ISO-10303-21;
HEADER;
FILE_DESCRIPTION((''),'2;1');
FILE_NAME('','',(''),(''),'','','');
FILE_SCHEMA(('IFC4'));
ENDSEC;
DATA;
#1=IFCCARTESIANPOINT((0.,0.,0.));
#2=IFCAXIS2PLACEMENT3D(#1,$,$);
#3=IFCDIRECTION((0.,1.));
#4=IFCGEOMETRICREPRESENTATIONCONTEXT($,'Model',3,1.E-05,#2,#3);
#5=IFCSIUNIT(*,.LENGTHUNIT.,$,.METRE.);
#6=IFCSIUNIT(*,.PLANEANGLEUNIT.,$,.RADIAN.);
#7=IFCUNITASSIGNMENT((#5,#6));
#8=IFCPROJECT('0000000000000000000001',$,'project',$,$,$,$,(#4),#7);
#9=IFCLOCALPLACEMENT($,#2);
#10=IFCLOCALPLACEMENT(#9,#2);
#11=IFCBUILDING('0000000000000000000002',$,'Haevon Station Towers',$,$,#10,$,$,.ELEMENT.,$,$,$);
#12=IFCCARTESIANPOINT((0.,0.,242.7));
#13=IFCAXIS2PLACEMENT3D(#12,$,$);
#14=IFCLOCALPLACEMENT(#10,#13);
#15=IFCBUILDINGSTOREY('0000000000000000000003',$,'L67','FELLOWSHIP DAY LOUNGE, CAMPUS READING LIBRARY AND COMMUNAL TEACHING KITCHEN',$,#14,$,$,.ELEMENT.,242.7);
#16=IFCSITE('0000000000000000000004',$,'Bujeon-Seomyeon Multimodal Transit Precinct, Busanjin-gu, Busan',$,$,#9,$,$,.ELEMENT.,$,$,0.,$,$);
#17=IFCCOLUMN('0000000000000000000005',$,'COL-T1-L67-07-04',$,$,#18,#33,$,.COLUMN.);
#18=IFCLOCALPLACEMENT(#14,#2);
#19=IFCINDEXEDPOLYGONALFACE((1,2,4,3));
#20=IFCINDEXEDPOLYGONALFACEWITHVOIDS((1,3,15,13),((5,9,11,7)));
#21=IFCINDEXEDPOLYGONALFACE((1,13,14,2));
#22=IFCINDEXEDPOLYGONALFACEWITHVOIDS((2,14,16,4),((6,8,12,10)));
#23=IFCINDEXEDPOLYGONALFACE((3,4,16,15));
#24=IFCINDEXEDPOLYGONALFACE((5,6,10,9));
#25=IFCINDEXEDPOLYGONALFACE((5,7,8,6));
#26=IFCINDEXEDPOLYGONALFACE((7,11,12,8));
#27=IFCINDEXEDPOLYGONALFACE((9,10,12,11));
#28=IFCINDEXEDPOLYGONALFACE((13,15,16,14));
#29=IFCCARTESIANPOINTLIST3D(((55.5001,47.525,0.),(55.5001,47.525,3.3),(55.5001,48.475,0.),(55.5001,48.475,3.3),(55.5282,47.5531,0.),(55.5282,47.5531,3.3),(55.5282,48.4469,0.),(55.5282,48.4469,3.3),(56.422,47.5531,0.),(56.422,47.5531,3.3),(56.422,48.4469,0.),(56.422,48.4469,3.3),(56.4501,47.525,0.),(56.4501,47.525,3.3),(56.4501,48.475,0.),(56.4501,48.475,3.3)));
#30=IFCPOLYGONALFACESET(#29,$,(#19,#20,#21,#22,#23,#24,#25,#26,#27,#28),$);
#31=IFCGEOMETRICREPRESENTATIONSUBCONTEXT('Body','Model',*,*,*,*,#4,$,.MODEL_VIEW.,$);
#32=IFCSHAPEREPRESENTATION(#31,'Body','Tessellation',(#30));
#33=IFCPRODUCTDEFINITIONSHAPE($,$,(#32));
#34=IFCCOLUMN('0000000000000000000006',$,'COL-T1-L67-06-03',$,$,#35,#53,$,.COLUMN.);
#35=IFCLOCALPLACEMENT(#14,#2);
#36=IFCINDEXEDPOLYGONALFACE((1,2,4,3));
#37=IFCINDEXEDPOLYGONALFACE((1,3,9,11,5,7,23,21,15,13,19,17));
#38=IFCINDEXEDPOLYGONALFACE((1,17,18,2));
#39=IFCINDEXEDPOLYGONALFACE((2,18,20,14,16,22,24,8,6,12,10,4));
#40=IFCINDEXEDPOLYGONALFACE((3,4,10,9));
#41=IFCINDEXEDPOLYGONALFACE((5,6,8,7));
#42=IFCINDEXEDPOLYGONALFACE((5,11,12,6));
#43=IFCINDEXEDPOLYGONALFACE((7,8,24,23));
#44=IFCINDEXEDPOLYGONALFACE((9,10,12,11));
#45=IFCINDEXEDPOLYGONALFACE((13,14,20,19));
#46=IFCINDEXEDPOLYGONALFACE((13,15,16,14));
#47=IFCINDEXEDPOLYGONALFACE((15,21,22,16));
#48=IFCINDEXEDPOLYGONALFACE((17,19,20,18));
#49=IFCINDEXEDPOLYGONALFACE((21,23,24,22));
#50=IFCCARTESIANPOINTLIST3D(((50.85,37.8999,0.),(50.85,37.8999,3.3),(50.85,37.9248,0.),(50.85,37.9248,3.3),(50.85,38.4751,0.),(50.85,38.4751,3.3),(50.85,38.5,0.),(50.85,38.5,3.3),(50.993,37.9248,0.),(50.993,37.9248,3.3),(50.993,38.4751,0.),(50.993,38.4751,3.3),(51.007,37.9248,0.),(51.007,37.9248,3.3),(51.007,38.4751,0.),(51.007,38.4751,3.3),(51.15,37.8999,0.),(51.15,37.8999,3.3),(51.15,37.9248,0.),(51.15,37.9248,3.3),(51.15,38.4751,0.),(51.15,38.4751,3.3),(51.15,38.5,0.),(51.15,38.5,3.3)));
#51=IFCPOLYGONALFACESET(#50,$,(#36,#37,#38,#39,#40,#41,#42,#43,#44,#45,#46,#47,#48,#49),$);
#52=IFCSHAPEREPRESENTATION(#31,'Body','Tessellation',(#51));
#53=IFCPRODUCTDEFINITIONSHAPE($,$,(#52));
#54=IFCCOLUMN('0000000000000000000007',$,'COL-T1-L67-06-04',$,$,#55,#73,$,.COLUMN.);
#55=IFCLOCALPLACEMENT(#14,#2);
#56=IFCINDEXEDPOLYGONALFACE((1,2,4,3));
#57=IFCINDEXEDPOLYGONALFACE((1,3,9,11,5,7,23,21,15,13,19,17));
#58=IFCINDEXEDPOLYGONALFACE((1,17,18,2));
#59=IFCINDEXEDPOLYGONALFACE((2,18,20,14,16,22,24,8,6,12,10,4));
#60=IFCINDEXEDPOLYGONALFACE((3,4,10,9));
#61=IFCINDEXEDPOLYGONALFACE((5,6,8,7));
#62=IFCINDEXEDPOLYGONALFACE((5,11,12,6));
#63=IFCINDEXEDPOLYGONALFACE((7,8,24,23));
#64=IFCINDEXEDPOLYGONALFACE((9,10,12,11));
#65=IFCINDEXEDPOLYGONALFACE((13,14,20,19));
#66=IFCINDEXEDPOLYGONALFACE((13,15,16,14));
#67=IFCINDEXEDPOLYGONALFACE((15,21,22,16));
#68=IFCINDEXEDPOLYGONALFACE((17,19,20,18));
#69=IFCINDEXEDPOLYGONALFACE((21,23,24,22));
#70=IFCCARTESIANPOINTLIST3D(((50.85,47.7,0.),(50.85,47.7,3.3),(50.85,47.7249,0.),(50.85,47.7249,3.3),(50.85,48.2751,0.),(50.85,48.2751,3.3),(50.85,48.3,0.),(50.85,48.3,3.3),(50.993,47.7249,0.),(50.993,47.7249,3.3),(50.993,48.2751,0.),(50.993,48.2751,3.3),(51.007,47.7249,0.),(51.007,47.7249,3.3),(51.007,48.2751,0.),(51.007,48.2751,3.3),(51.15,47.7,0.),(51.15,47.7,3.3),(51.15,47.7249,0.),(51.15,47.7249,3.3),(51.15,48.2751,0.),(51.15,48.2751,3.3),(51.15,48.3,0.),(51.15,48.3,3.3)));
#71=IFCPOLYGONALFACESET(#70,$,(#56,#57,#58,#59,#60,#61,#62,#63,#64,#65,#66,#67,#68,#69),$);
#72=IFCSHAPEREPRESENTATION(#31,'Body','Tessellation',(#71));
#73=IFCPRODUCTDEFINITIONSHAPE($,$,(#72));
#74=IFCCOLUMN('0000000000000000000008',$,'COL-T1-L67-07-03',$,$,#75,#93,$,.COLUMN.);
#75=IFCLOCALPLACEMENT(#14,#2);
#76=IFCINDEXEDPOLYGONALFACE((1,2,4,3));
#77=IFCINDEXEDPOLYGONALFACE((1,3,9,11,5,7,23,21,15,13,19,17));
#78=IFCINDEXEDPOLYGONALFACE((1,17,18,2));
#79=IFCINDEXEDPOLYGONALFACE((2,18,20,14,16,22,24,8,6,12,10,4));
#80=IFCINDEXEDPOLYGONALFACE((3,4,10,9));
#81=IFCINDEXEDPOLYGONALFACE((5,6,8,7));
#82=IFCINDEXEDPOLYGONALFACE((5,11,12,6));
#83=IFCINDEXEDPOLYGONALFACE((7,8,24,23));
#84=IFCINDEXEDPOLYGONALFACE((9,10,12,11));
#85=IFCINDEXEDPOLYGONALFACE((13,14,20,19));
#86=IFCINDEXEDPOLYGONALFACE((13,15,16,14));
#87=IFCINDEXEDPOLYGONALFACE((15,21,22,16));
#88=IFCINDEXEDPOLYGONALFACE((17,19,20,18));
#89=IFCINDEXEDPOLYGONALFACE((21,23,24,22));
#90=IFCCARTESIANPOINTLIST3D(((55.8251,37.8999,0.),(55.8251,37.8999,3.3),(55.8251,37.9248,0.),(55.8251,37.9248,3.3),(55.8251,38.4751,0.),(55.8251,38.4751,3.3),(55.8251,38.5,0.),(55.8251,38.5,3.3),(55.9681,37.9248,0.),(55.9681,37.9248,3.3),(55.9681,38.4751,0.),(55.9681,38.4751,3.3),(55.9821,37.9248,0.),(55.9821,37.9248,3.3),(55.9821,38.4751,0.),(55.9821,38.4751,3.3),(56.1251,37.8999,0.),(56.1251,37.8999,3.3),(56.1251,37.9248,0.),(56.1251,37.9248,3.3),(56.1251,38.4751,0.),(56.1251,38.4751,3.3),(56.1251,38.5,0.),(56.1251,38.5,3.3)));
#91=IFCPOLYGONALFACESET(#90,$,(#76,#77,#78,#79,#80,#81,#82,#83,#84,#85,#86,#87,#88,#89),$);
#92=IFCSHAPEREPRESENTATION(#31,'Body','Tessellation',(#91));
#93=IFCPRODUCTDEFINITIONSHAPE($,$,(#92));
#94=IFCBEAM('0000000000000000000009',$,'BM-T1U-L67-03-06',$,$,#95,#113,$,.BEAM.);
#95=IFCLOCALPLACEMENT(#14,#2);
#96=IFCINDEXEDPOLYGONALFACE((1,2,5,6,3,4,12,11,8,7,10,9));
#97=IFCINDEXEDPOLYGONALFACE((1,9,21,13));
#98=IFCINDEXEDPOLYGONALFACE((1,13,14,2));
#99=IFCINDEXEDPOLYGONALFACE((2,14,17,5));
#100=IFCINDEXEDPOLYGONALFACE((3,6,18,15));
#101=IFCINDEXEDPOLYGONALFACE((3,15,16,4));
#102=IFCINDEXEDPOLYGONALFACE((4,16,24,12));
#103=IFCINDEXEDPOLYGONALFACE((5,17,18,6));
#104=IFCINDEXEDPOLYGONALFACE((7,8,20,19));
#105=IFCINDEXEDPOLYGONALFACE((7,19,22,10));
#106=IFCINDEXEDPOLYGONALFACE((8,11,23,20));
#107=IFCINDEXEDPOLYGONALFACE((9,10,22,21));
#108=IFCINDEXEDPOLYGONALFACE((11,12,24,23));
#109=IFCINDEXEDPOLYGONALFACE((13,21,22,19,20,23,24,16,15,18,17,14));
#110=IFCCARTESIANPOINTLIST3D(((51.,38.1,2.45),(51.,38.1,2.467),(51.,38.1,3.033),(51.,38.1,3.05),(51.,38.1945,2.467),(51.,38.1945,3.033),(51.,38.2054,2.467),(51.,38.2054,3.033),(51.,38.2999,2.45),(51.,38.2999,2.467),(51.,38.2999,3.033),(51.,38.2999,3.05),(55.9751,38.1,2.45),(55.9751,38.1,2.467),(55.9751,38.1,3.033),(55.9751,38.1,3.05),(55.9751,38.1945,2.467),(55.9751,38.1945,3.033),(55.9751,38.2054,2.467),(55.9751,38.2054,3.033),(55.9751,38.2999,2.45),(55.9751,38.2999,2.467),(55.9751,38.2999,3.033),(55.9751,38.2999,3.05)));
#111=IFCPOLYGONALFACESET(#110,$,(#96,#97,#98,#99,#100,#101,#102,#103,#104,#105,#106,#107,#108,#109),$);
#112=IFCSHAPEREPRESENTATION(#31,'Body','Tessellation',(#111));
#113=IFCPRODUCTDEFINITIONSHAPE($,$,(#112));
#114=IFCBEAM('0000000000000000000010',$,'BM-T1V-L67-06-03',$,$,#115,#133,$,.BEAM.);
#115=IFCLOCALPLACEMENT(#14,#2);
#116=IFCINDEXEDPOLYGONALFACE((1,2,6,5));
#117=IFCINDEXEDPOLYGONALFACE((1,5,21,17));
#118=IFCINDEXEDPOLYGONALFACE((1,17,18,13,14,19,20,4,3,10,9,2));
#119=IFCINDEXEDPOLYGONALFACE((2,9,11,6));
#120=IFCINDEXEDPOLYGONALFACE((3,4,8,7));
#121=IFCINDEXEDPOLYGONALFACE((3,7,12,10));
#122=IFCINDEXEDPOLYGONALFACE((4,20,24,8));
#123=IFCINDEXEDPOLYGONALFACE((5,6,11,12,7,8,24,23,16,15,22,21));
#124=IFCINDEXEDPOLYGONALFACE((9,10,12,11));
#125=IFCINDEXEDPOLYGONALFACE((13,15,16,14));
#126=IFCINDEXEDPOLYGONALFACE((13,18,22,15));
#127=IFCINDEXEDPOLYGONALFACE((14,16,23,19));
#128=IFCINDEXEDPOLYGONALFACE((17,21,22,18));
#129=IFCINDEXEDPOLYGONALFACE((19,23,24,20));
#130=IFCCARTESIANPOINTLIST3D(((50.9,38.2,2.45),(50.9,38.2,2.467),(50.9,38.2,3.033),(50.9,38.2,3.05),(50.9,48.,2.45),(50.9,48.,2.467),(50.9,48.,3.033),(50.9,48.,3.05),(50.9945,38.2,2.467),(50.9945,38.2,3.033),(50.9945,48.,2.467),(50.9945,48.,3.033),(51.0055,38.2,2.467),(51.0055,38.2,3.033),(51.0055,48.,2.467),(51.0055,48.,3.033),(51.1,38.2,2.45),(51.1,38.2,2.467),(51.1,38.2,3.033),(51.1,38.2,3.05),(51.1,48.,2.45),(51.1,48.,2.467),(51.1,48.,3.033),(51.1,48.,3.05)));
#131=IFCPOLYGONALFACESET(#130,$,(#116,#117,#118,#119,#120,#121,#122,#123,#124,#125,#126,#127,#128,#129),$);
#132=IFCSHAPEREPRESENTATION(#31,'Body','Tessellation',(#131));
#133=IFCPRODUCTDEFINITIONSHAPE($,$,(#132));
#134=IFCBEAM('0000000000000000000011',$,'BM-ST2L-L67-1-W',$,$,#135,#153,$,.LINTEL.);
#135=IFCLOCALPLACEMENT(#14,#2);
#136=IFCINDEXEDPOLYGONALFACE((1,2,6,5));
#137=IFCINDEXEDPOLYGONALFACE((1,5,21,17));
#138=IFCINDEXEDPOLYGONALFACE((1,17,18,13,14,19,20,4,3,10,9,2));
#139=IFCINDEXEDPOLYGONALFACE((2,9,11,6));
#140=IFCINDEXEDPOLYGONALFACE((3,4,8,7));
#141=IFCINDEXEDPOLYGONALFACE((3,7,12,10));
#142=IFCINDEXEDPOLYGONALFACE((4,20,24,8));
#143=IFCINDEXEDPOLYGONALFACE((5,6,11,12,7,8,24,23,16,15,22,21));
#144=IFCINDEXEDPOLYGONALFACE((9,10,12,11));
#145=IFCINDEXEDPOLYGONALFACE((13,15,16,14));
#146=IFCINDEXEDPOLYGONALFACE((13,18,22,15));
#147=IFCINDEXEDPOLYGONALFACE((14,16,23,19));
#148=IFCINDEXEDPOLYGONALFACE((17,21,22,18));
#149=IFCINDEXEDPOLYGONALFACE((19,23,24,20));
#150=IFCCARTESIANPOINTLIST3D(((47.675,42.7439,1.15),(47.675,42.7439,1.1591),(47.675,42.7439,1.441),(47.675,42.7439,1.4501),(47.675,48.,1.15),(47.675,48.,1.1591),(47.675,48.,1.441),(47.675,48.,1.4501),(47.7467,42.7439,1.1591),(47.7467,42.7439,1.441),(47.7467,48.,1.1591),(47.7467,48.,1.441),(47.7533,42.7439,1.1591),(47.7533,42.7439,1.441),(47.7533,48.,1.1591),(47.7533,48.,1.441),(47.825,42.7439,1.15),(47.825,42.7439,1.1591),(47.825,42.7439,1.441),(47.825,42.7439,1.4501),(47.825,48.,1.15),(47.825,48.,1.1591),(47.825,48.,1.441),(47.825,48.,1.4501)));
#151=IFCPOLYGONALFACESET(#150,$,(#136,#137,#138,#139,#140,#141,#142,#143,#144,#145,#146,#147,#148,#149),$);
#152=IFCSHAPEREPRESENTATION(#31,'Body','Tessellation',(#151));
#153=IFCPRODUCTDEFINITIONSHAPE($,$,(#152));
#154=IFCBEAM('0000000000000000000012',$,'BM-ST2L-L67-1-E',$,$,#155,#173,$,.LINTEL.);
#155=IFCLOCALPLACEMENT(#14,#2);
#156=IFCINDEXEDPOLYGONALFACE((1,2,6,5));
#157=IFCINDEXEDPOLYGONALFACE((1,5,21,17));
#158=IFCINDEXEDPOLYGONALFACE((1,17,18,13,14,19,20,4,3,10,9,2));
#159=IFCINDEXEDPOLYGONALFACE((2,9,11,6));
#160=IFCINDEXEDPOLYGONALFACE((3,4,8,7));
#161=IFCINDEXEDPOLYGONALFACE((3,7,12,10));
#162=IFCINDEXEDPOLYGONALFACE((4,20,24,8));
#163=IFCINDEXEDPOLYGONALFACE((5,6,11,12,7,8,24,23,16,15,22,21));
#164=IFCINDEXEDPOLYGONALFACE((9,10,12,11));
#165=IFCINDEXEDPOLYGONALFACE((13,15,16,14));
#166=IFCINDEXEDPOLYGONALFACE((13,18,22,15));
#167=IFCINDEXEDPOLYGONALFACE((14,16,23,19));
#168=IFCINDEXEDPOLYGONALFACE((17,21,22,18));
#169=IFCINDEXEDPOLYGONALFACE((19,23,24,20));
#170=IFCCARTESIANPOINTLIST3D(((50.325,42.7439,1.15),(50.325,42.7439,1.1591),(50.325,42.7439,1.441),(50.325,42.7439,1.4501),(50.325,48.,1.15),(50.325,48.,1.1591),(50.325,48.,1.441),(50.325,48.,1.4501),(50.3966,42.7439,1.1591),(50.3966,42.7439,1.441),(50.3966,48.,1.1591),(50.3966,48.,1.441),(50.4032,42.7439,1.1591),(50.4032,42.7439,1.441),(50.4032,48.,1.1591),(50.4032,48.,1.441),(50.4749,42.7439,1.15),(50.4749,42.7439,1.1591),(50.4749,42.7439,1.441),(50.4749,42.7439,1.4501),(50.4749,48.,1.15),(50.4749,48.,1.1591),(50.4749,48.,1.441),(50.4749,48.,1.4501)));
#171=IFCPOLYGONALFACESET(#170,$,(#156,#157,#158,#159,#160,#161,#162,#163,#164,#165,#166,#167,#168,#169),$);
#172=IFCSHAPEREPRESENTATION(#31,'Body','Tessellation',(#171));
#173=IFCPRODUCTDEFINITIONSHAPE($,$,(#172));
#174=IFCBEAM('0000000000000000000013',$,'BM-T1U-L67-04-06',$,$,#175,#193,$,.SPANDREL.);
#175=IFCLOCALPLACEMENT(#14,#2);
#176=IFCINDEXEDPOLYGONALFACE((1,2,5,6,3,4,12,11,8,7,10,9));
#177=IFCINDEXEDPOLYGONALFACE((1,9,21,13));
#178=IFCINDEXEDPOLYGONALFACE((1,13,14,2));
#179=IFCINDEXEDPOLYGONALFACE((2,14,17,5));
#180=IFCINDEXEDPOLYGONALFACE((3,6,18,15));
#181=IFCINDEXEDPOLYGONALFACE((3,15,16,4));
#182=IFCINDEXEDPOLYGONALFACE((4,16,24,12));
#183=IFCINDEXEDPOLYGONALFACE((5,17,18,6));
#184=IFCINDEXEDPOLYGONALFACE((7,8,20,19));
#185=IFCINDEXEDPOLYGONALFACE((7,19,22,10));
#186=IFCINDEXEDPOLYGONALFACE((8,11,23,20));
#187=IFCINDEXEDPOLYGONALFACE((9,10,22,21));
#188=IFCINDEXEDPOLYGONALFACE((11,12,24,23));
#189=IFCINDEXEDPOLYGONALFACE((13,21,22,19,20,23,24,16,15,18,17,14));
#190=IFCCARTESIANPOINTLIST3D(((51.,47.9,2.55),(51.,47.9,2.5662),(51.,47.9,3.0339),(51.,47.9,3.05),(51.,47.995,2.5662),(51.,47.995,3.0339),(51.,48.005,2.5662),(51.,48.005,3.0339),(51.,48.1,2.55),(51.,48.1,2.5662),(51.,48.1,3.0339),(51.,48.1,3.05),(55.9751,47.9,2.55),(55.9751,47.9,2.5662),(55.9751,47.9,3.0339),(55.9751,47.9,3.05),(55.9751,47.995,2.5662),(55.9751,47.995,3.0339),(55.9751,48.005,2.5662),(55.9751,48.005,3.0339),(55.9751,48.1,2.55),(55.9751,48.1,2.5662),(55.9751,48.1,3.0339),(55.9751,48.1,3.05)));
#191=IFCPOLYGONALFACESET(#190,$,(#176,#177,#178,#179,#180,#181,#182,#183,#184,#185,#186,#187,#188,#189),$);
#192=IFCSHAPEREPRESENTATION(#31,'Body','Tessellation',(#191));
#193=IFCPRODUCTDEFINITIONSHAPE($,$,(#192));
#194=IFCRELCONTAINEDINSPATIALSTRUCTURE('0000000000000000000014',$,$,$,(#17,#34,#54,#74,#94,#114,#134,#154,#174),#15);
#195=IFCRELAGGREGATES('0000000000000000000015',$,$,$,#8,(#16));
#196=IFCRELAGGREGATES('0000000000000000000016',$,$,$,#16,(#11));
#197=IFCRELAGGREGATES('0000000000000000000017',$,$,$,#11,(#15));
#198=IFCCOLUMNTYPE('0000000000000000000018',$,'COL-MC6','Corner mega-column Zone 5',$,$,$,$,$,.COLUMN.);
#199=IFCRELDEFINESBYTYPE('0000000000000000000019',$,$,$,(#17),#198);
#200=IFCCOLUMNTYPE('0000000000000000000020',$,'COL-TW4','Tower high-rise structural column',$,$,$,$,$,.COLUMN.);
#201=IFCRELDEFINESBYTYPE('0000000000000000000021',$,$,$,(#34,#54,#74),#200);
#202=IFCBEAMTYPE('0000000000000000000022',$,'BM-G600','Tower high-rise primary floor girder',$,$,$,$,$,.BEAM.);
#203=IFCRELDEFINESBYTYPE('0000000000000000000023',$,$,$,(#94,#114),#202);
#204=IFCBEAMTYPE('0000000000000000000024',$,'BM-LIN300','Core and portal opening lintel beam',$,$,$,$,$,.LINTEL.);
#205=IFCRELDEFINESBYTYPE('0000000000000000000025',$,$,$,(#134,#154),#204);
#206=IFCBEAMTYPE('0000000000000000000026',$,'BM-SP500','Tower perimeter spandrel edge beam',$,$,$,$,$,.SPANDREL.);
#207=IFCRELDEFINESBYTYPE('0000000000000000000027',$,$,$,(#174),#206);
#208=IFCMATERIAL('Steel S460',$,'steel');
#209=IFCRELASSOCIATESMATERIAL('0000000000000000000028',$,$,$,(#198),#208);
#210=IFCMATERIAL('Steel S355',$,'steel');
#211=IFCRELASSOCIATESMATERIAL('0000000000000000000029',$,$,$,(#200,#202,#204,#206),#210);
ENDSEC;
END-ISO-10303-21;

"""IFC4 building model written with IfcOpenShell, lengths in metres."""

from ifc_helpers import new_model, si_unit, direction, frame, origin, origin_2d, place, context, subcontext, project, spatial, hollow_rectangle, i_section, extrude, material, material_profile, profile_set, type_object, element, save


model = new_model("IFC4")

# Units and contexts
model_context = context("Model", 3, precision=1e-05, world=origin(), true_north=direction((0.0, 1.0)))
body_context = subcontext(model_context, "Body", "Model", "MODEL_VIEW")
ifc_project = project(units=[si_unit("LENGTHUNIT", "METRE"), si_unit("PLANEANGLEUNIT", "RADIAN")], contexts=[model_context])

# Site, building, storey
site_placement = place(None, origin())
site = spatial("IfcSite", under=ifc_project, at=site_placement, Name="Bujeon-Seomyeon Multimodal Transit Precinct, Busanjin-gu, Busan", CompositionType="ELEMENT", RefElevation=0.0)
building_placement = place(site_placement, origin())
building = spatial("IfcBuilding", under=site, at=building_placement, Name="Haevon Station Towers", CompositionType="ELEMENT")
storey_placement = place(building_placement, frame((0.0, 0.0, 242.7)))
storey = spatial("IfcBuildingStorey", under=building, at=storey_placement, Name="L67", Description="FELLOWSHIP DAY LOUNGE, CAMPUS READING LIBRARY AND COMMUNAL TEACHING KITCHEN", CompositionType="ELEMENT", Elevation=242.7)

# Columns
ifc_material_1 = material(Name="Steel S460", Category="steel")
ifc_material_profile_1 = material_profile(ifc_material_1, hollow_rectangle(XDim=0.95, YDim=0.95, WallThickness=0.0281, at=origin_2d()), Name="BOX-950x950x28")
ifc_profile_set_1 = profile_set([ifc_material_profile_1], Name="Steel S460")
column_type_1 = type_object("IfcColumnType", Name="COL-MC6", Description="Corner mega-column Zone 5", PredefinedType="COLUMN", material=ifc_profile_set_1)
column_placement = place(storey_placement, frame((55.9751, 48.0, 0.0), z_axis=(0.0, 0.0, 1.0), x_axis=(1.0, 0.0, 0.0)))
element("IfcColumn", 1, at=column_placement, inside=storey, type_object=column_type_1, Name="COL-T1-L67-07-04", PredefinedType="COLUMN", context=body_context, shape_type="SweptSolid", body=[
    extrude(hollow_rectangle(XDim=0.95, YDim=0.95, WallThickness=0.0281, at=origin_2d()), origin(), (0.0, 0.0, 1.0), 3.3),
])
ifc_material_2 = material(Name="Steel S355", Category="steel")
ifc_material_profile_2 = material_profile(ifc_material_2, i_section(OverallWidth=0.3, OverallDepth=0.6001, WebThickness=0.0139, FlangeThickness=0.0249, at=origin_2d()), Name="H-600x300x14x25")
ifc_profile_set_2 = profile_set([ifc_material_profile_2], Name="Steel S355")
column_type_2 = type_object("IfcColumnType", Name="COL-TW4", Description="Tower high-rise structural column", PredefinedType="COLUMN", material=ifc_profile_set_2)
for number, where, z_axis, x_axis, name in (
    (2, (51.0, 38.2, 0.0), (0.0, 0.0, 1.0), (1.0, 0.0, 0.0), "COL-T1-L67-06-03"),
    (3, (51.0, 48.0, 0.0), (0.0, 0.0, 1.0), (1.0, 0.0, 0.0), "COL-T1-L67-06-04"),
    (4, (55.9751, 38.2, 0.0), (0.0, 0.0, 1.0), (1.0, 0.0, 0.0), "COL-T1-L67-07-03"),
):
    element("IfcColumn", number, at=place(storey_placement, frame(where, z_axis=z_axis, x_axis=x_axis)), inside=storey, type_object=column_type_2, Name=name, PredefinedType="COLUMN", context=body_context, shape_type="SweptSolid", body=[
        extrude(i_section(OverallWidth=0.3, OverallDepth=0.6001, WebThickness=0.0139, FlangeThickness=0.0249, at=origin_2d()), origin(), (0.0, 0.0, 1.0), 3.3),
    ])

# Beams
ifc_material_profile_3 = material_profile(ifc_material_2, i_section(OverallWidth=0.2, OverallDepth=0.6001, WebThickness=0.011, FlangeThickness=0.0171, at=origin_2d()), Name="H-600x200x11x17")
ifc_profile_set_3 = profile_set([ifc_material_profile_3], Name="Steel S355")
beam_type_1 = type_object("IfcBeamType", Name="BM-G600", Description="Tower high-rise primary floor girder", PredefinedType="BEAM", material=ifc_profile_set_3)
beam_1_placement = place(storey_placement, frame((51.0, 38.2, 2.75), z_axis=(1.0, 0.0, 0.0), x_axis=(0.0, 1.0, 0.0)))
element("IfcBeam", 5, at=beam_1_placement, inside=storey, type_object=beam_type_1, Name="BM-T1U-L67-03-06", PredefinedType="BEAM", context=body_context, shape_type="SweptSolid", body=[
    extrude(i_section(OverallWidth=0.2, OverallDepth=0.6001, WebThickness=0.011, FlangeThickness=0.0171, at=origin_2d()), origin(), (0.0, 0.0, 1.0), 4.9751),
])
beam_2_placement = place(storey_placement, frame((51.0, 38.2, 2.75), z_axis=(0.0, 1.0, 0.0), x_axis=(-1.0, 0.0, 0.0)))
element("IfcBeam", 6, at=beam_2_placement, inside=storey, type_object=beam_type_1, Name="BM-T1V-L67-06-03", PredefinedType="BEAM", context=body_context, shape_type="SweptSolid", body=[
    extrude(i_section(OverallWidth=0.2, OverallDepth=0.6001, WebThickness=0.011, FlangeThickness=0.0171, at=origin_2d()), origin(), (0.0, 0.0, 1.0), 9.8),
])
ifc_material_profile_4 = material_profile(ifc_material_2, i_section(OverallWidth=0.1499, OverallDepth=0.3, WebThickness=0.0066, FlangeThickness=0.009, at=origin_2d()), Name="H-300x150x6.5x9")
ifc_profile_set_4 = profile_set([ifc_material_profile_4], Name="Steel S355")
beam_type_2 = type_object("IfcBeamType", Name="BM-LIN300", Description="Core and portal opening lintel beam", PredefinedType="LINTEL", material=ifc_profile_set_4)
for number, where, z_axis, x_axis, name in (
    (7, (47.75, 42.7439, 1.3), (0.0, 1.0, 0.0), (-1.0, 0.0, 0.0), "BM-ST2L-L67-1-W"),
    (8, (50.3999, 42.7439, 1.3), (0.0, 1.0, 0.0), (-1.0, 0.0, 0.0), "BM-ST2L-L67-1-E"),
):
    element("IfcBeam", number, at=place(storey_placement, frame(where, z_axis=z_axis, x_axis=x_axis)), inside=storey, type_object=beam_type_2, Name=name, PredefinedType="LINTEL", context=body_context, shape_type="SweptSolid", body=[
        extrude(i_section(OverallWidth=0.1499, OverallDepth=0.3, WebThickness=0.0066, FlangeThickness=0.009, at=origin_2d()), origin(), (0.0, 0.0, 1.0), 5.2561),
    ])
ifc_material_profile_5 = material_profile(ifc_material_2, i_section(OverallWidth=0.2, OverallDepth=0.5, WebThickness=0.01, FlangeThickness=0.0161, at=origin_2d()), Name="H-500x200x10x16")
ifc_profile_set_5 = profile_set([ifc_material_profile_5], Name="Steel S355")
beam_type_3 = type_object("IfcBeamType", Name="BM-SP500", Description="Tower perimeter spandrel edge beam", PredefinedType="SPANDREL", material=ifc_profile_set_5)
beam_3_placement = place(storey_placement, frame((51.0, 48.0, 2.8), z_axis=(1.0, 0.0, 0.0), x_axis=(0.0, 1.0, 0.0)))
element("IfcBeam", 9, at=beam_3_placement, inside=storey, type_object=beam_type_3, Name="BM-T1U-L67-04-06", PredefinedType="SPANDREL", context=body_context, shape_type="SweptSolid", body=[
    extrude(i_section(OverallWidth=0.2, OverallDepth=0.5, WebThickness=0.01, FlangeThickness=0.0161, at=origin_2d()), origin(), (0.0, 0.0, 1.0), 4.9751),
])

save(model, "model.ifc")
